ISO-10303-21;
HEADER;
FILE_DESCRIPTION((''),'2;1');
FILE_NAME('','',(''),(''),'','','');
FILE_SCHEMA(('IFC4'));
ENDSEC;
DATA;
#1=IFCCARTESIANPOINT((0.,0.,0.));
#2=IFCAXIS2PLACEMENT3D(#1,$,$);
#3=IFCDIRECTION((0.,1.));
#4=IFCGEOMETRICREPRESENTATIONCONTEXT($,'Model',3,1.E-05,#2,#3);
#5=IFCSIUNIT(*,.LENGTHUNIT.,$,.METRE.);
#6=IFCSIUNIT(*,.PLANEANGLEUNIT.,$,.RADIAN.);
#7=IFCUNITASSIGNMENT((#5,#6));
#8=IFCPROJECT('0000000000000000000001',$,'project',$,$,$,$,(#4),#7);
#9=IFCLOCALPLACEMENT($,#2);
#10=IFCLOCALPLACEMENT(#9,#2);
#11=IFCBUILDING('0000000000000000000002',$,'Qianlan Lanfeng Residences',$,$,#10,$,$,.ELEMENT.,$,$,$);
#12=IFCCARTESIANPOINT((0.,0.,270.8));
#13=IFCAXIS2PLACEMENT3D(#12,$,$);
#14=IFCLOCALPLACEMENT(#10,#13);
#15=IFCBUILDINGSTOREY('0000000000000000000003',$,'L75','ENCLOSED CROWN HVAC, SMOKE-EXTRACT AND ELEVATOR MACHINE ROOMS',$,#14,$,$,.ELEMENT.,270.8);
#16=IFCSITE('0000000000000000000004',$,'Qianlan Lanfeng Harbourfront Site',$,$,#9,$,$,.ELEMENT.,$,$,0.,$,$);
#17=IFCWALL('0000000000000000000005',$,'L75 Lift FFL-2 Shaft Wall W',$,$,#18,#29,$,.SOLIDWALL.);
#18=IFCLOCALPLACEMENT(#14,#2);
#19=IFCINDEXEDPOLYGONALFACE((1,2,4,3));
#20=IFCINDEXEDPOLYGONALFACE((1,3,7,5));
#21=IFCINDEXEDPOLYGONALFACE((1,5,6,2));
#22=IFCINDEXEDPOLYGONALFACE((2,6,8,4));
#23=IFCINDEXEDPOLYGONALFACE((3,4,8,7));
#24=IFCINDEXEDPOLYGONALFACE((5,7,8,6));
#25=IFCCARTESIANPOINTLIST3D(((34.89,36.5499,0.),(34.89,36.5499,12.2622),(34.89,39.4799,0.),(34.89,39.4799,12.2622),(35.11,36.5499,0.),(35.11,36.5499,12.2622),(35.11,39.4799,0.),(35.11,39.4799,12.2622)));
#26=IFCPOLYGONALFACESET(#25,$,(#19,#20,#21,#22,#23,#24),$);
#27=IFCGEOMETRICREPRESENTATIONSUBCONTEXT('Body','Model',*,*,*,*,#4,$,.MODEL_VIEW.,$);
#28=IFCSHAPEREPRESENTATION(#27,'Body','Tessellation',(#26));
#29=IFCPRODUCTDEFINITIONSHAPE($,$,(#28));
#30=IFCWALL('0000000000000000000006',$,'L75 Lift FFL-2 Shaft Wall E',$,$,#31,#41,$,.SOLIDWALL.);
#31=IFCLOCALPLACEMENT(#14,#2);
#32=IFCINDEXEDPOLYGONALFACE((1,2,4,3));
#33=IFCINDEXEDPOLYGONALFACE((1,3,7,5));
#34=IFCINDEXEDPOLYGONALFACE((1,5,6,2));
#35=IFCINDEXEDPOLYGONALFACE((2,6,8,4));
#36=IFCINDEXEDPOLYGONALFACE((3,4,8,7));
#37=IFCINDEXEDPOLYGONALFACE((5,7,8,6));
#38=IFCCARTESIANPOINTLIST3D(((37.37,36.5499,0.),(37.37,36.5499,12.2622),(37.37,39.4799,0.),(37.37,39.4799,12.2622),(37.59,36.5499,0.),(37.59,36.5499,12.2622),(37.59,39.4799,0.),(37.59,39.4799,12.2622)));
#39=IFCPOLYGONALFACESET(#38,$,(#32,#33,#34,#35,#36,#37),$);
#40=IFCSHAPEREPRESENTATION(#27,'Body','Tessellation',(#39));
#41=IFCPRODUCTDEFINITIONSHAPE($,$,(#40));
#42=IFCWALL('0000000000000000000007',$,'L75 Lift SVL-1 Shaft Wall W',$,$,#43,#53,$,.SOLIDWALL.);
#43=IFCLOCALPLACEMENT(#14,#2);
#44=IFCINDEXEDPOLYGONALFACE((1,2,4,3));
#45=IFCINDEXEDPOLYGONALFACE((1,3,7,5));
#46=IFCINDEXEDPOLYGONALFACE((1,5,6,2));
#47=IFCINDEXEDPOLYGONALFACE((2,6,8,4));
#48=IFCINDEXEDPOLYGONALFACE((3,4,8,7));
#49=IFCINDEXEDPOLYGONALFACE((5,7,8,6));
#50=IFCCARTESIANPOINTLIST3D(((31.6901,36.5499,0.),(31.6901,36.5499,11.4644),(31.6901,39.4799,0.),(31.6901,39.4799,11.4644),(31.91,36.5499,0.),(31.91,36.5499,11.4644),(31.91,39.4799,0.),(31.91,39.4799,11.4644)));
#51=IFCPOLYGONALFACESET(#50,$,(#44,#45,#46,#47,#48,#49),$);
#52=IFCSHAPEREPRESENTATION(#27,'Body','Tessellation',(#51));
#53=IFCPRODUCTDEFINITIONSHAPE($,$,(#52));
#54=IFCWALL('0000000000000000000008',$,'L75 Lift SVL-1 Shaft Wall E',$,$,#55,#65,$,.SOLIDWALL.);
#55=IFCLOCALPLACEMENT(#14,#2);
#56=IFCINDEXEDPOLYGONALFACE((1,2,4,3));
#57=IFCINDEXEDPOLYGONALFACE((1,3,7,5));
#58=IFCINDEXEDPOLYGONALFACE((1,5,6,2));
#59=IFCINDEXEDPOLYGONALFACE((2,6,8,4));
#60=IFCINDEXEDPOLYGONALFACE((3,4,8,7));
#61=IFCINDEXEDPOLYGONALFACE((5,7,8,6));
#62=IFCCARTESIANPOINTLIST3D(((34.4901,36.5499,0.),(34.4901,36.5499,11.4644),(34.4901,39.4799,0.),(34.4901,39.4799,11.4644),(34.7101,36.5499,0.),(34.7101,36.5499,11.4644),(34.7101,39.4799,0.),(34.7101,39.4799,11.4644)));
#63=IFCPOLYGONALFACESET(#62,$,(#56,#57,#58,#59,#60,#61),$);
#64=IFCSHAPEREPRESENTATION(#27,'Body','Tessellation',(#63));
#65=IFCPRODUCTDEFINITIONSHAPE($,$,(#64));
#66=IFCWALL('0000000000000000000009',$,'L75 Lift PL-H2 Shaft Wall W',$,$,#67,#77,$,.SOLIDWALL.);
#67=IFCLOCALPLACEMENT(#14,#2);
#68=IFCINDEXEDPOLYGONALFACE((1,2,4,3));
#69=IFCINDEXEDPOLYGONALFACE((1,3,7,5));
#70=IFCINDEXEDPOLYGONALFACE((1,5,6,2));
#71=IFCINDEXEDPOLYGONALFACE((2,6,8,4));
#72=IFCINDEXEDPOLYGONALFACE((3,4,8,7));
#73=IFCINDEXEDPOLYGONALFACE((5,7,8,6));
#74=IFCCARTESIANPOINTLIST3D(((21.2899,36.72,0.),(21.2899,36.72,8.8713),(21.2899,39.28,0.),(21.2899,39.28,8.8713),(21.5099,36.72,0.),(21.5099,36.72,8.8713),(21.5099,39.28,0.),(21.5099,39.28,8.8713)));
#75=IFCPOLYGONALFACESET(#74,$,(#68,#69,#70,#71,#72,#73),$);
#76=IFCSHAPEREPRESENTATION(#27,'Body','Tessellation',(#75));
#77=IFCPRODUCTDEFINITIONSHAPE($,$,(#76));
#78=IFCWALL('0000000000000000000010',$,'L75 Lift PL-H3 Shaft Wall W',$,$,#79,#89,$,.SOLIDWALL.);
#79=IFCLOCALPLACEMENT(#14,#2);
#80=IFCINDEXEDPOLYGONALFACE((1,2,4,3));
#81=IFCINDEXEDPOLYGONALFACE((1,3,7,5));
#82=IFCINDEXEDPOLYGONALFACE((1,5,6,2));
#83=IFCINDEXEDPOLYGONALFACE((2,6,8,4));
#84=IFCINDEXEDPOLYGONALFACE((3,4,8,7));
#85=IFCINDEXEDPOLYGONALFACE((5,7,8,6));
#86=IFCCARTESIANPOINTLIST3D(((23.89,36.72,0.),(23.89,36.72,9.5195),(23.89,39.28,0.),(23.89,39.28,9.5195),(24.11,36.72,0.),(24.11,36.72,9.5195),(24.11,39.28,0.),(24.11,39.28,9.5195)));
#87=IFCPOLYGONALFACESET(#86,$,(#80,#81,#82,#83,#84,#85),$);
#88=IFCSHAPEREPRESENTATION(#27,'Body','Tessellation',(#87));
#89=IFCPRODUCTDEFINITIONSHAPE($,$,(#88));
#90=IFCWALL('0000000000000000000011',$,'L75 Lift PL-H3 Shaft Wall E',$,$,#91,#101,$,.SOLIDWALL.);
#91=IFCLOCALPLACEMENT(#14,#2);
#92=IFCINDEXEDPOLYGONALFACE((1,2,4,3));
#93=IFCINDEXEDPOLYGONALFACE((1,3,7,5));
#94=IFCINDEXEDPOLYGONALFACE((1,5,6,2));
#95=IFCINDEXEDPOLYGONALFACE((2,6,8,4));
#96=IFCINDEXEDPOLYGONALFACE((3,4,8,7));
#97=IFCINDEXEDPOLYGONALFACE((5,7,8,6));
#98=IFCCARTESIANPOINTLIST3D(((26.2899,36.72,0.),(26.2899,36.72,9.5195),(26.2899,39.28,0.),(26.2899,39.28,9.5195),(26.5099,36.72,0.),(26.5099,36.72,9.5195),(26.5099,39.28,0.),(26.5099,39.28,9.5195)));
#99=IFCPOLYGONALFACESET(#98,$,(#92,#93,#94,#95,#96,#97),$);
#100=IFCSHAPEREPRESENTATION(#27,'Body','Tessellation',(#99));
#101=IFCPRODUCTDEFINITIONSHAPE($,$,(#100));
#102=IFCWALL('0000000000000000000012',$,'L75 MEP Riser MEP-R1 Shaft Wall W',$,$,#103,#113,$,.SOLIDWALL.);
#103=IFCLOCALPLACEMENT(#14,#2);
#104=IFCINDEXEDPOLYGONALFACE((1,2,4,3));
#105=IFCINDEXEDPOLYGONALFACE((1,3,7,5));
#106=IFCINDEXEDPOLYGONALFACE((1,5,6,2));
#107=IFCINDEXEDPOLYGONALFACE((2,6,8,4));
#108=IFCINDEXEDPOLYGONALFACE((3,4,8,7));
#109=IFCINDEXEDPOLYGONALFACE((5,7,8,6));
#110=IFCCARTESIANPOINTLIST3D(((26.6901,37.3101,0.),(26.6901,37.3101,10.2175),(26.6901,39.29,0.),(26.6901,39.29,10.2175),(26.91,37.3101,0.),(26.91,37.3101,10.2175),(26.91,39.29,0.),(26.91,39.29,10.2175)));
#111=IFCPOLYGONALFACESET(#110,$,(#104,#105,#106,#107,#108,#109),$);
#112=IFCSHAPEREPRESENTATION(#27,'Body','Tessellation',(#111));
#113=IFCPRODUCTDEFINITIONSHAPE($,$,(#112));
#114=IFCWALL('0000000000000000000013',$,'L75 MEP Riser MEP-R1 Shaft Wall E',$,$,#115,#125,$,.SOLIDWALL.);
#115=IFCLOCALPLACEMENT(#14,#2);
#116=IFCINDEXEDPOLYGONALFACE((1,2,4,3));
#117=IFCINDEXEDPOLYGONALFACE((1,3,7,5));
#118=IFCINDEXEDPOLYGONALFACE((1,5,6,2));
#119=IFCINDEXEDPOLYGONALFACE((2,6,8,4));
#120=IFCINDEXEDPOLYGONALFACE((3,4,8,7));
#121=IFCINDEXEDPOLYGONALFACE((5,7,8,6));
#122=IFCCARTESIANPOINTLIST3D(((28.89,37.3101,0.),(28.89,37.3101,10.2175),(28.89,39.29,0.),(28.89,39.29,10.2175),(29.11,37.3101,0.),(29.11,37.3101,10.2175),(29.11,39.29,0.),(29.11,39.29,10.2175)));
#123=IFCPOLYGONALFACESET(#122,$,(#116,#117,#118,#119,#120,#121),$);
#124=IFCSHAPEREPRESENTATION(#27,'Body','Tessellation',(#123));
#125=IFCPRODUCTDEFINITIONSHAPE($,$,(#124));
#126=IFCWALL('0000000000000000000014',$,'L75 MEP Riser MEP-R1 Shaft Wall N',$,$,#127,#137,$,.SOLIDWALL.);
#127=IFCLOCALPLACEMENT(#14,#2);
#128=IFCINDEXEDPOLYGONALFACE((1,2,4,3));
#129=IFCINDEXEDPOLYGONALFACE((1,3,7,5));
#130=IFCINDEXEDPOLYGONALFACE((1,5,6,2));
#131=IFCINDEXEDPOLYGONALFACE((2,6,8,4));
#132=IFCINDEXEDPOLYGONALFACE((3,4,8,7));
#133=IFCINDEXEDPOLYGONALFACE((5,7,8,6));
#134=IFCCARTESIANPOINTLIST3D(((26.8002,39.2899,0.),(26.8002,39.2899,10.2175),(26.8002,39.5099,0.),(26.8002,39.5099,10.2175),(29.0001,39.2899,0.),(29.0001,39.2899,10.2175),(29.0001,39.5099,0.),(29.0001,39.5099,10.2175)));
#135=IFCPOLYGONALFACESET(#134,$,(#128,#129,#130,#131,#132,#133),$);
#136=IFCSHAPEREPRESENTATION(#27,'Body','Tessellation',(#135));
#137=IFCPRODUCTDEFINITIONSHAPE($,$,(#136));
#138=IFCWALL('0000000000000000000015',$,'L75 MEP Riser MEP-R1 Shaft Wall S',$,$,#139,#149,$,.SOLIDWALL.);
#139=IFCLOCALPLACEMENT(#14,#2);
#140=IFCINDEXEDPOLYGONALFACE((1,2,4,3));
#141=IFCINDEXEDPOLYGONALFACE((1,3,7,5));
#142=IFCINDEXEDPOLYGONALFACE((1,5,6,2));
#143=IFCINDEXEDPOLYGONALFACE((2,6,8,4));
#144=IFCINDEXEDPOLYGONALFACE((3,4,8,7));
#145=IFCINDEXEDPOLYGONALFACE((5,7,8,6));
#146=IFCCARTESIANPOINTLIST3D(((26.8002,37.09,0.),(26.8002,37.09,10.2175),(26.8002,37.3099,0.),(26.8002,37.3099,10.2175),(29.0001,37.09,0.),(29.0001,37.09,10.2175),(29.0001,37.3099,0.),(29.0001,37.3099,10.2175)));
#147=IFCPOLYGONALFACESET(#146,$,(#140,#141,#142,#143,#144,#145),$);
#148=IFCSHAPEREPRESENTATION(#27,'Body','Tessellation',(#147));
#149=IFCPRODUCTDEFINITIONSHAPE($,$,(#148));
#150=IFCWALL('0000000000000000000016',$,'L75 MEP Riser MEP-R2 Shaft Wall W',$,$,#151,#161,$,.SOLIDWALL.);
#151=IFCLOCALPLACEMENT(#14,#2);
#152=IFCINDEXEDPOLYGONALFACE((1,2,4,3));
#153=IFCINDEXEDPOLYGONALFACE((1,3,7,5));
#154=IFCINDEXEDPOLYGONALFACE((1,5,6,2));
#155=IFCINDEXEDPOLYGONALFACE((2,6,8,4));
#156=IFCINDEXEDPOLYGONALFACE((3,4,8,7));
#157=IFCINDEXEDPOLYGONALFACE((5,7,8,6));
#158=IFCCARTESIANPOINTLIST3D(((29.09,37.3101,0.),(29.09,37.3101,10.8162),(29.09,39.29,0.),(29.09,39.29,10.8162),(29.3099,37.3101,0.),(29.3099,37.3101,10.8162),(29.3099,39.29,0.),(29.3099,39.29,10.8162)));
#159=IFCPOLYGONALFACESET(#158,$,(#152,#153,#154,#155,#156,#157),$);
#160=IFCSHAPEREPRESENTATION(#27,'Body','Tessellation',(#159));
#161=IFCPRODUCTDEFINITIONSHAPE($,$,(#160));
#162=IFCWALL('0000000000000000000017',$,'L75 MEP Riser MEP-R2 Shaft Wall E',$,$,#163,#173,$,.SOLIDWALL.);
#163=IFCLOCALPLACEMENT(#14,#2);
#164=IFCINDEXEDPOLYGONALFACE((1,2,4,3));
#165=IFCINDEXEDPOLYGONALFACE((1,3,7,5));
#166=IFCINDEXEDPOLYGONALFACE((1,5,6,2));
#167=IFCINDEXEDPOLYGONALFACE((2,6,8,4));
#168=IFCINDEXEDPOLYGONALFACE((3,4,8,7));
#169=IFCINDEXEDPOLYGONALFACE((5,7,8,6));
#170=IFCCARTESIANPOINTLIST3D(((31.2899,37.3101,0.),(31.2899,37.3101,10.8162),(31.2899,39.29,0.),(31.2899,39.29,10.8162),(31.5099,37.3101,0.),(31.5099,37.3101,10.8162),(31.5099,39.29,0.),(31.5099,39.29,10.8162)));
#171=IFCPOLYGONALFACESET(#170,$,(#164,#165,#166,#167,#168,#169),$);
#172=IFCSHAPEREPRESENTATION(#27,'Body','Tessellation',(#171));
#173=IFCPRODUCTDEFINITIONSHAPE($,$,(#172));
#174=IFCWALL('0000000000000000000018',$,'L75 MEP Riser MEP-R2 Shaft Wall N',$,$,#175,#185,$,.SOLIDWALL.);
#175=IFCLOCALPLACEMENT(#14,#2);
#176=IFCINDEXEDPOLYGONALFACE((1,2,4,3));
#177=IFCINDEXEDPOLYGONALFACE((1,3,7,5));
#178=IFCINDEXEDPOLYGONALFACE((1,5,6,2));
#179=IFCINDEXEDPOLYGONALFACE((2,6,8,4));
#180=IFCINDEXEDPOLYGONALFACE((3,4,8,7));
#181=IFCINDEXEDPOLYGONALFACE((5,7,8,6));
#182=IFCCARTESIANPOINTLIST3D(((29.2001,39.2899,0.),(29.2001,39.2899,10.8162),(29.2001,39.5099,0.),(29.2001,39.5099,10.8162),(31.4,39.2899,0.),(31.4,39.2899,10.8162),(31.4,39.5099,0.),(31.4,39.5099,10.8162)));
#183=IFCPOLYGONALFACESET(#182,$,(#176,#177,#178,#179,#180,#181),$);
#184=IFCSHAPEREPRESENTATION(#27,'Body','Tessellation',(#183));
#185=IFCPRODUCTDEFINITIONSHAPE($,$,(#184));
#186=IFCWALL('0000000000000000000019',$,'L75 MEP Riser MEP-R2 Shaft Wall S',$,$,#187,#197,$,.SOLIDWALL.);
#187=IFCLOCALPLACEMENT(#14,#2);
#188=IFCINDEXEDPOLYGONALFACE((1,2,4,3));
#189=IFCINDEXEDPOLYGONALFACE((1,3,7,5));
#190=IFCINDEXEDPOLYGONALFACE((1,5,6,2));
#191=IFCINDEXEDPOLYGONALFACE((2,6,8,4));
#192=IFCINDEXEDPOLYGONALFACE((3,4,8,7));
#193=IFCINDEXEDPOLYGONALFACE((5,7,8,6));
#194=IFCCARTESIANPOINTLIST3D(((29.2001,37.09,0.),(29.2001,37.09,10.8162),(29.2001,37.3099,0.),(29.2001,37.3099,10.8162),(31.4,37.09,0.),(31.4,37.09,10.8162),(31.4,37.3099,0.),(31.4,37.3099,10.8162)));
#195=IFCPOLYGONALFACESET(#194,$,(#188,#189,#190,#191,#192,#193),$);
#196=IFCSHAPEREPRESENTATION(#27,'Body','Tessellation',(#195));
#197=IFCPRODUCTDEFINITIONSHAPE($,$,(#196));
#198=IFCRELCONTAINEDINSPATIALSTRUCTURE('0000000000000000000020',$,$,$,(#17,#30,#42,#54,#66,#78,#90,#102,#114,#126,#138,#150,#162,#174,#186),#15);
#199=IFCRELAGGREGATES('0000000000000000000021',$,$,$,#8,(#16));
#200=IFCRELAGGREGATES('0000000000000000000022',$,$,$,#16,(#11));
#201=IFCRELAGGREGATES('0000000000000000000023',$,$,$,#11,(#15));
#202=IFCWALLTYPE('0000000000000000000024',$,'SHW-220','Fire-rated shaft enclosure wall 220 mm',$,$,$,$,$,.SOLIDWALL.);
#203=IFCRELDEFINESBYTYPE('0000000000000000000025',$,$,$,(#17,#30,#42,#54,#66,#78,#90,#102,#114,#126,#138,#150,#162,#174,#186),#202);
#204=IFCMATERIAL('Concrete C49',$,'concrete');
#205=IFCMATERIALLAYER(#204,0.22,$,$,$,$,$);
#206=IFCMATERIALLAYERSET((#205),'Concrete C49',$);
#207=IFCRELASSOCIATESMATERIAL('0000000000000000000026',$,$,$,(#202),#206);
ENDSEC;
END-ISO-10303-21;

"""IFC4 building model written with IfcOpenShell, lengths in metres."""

from ifc_helpers import new_model, si_unit, direction, frame, frame_2d, origin, place, context, subcontext, project, spatial, rectangle, extrude, material, layer, layer_set, type_object, element, save


model = new_model("IFC4")

# Units and contexts
model_context = context("Model", 3, precision=1e-05, world=origin(), true_north=direction((0.0, 1.0)))
body_context = subcontext(model_context, "Body", "Model", "MODEL_VIEW")
ifc_project = project(units=[si_unit("LENGTHUNIT", "METRE"), si_unit("PLANEANGLEUNIT", "RADIAN")], contexts=[model_context])

# Site, building, storey
site_placement = place(None, origin())
site = spatial("IfcSite", under=ifc_project, at=site_placement, Name="Qianlan Lanfeng Harbourfront Site", CompositionType="ELEMENT", RefElevation=0.0)
building_placement = place(site_placement, origin())
building = spatial("IfcBuilding", under=site, at=building_placement, Name="Qianlan Lanfeng Residences", CompositionType="ELEMENT")
storey_placement = place(building_placement, frame((0.0, 0.0, 270.8)))
storey = spatial("IfcBuildingStorey", under=building, at=storey_placement, Name="L75", Description="ENCLOSED CROWN HVAC, SMOKE-EXTRACT AND ELEVATOR MACHINE ROOMS", CompositionType="ELEMENT", Elevation=270.8)

# Walls
ifc_material_1 = material(Name="Concrete C49", Category="concrete")
ifc_layer = layer(ifc_material_1, 0.22)
ifc_layer_set = layer_set([ifc_layer], Name="Concrete C49")
wall_type = type_object("IfcWallType", Name="SHW-220", Description="Fire-rated shaft enclosure wall 220 mm", PredefinedType="SOLIDWALL", material=ifc_layer_set)
for number, where, z_axis, x_axis, name in (
    (1, (35.0, 36.55, 0.0), (0.0, 0.0, 1.0), (0.0, 1.0, 0.0), "L75 Lift FFL-2 Shaft Wall W"),
    (2, (37.48, 36.55, 0.0), (0.0, 0.0, 1.0), (0.0, 1.0, 0.0), "L75 Lift FFL-2 Shaft Wall E"),
):
    element("IfcWall", number, at=place(storey_placement, frame(where, z_axis=z_axis, x_axis=x_axis)), inside=storey, type_object=wall_type, Name=name, PredefinedType="SOLIDWALL", context=body_context, shape_type="SweptSolid", body=[
        extrude(rectangle(XDim=2.9299, YDim=0.22, at=frame_2d((1.4648, 0.0))), origin(), (0.0, 0.0, 1.0), 12.2622),
    ])
for number, where, z_axis, x_axis, name in (
    (3, (31.8, 36.55, 0.0), (0.0, 0.0, 1.0), (0.0, 1.0, 0.0), "L75 Lift SVL-1 Shaft Wall W"),
    (4, (34.6001, 36.55, 0.0), (0.0, 0.0, 1.0), (0.0, 1.0, 0.0), "L75 Lift SVL-1 Shaft Wall E"),
):
    element("IfcWall", number, at=place(storey_placement, frame(where, z_axis=z_axis, x_axis=x_axis)), inside=storey, type_object=wall_type, Name=name, PredefinedType="SOLIDWALL", context=body_context, shape_type="SweptSolid", body=[
        extrude(rectangle(XDim=2.9299, YDim=0.22, at=frame_2d((1.4648, 0.0))), origin(), (0.0, 0.0, 1.0), 11.4644),
    ])
wall_placement = place(storey_placement, frame((21.3999, 36.72, 0.0), z_axis=(0.0, 0.0, 1.0), x_axis=(0.0, 1.0, 0.0)))
element("IfcWall", 5, at=wall_placement, inside=storey, type_object=wall_type, Name="L75 Lift PL-H2 Shaft Wall W", PredefinedType="SOLIDWALL", context=body_context, shape_type="SweptSolid", body=[
    extrude(rectangle(XDim=2.5601, YDim=0.22, at=frame_2d((1.28, 0.0))), origin(), (0.0, 0.0, 1.0), 8.8713),
])
for number, where, z_axis, x_axis, name in (
    (6, (24.0, 36.72, 0.0), (0.0, 0.0, 1.0), (0.0, 1.0, 0.0), "L75 Lift PL-H3 Shaft Wall W"),
    (7, (26.3999, 36.72, 0.0), (0.0, 0.0, 1.0), (0.0, 1.0, 0.0), "L75 Lift PL-H3 Shaft Wall E"),
):
    element("IfcWall", number, at=place(storey_placement, frame(where, z_axis=z_axis, x_axis=x_axis)), inside=storey, type_object=wall_type, Name=name, PredefinedType="SOLIDWALL", context=body_context, shape_type="SweptSolid", body=[
        extrude(rectangle(XDim=2.5601, YDim=0.22, at=frame_2d((1.28, 0.0))), origin(), (0.0, 0.0, 1.0), 9.5195),
    ])
for number, where, z_axis, x_axis, name in (
    (8, (26.8, 37.3101, 0.0), (0.0, 0.0, 1.0), (0.0, 1.0, 0.0), "L75 MEP Riser MEP-R1 Shaft Wall W"),
    (9, (29.0, 37.3101, 0.0), (0.0, 0.0, 1.0), (0.0, 1.0, 0.0), "L75 MEP Riser MEP-R1 Shaft Wall E"),
):
    element("IfcWall", number, at=place(storey_placement, frame(where, z_axis=z_axis, x_axis=x_axis)), inside=storey, type_object=wall_type, Name=name, PredefinedType="SOLIDWALL", context=body_context, shape_type="SweptSolid", body=[
        extrude(rectangle(XDim=1.98, YDim=0.22, at=frame_2d((0.99, 0.0))), origin(), (0.0, 0.0, 1.0), 10.2175),
    ])
for number, where, z_axis, x_axis, name in (
    (10, (26.8, 39.3999, 0.0), (0.0, 0.0, 1.0), (1.0, 0.0, 0.0), "L75 MEP Riser MEP-R1 Shaft Wall N"),
    (11, (26.8, 37.2, 0.0), (0.0, 0.0, 1.0), (1.0, 0.0, 0.0), "L75 MEP Riser MEP-R1 Shaft Wall S"),
):
    element("IfcWall", number, at=place(storey_placement, frame(where, z_axis=z_axis, x_axis=x_axis)), inside=storey, type_object=wall_type, Name=name, PredefinedType="SOLIDWALL", context=body_context, shape_type="SweptSolid", body=[
        extrude(rectangle(XDim=2.2, YDim=0.22, at=frame_2d((1.1001, 0.0))), origin(), (0.0, 0.0, 1.0), 10.2175),
    ])
for number, where, z_axis, x_axis, name in (
    (12, (29.2, 37.3101, 0.0), (0.0, 0.0, 1.0), (0.0, 1.0, 0.0), "L75 MEP Riser MEP-R2 Shaft Wall W"),
    (13, (31.3999, 37.3101, 0.0), (0.0, 0.0, 1.0), (0.0, 1.0, 0.0), "L75 MEP Riser MEP-R2 Shaft Wall E"),
):
    element("IfcWall", number, at=place(storey_placement, frame(where, z_axis=z_axis, x_axis=x_axis)), inside=storey, type_object=wall_type, Name=name, PredefinedType="SOLIDWALL", context=body_context, shape_type="SweptSolid", body=[
        extrude(rectangle(XDim=1.98, YDim=0.22, at=frame_2d((0.99, 0.0))), origin(), (0.0, 0.0, 1.0), 10.8162),
    ])
for number, where, z_axis, x_axis, name in (
    (14, (29.2, 39.3999, 0.0), (0.0, 0.0, 1.0), (1.0, 0.0, 0.0), "L75 MEP Riser MEP-R2 Shaft Wall N"),
    (15, (29.2, 37.2, 0.0), (0.0, 0.0, 1.0), (1.0, 0.0, 0.0), "L75 MEP Riser MEP-R2 Shaft Wall S"),
):
    element("IfcWall", number, at=place(storey_placement, frame(where, z_axis=z_axis, x_axis=x_axis)), inside=storey, type_object=wall_type, Name=name, PredefinedType="SOLIDWALL", context=body_context, shape_type="SweptSolid", body=[
        extrude(rectangle(XDim=2.2, YDim=0.22, at=frame_2d((1.1001, 0.0))), origin(), (0.0, 0.0, 1.0), 10.8162),
    ])

save(model, "model.ifc")
